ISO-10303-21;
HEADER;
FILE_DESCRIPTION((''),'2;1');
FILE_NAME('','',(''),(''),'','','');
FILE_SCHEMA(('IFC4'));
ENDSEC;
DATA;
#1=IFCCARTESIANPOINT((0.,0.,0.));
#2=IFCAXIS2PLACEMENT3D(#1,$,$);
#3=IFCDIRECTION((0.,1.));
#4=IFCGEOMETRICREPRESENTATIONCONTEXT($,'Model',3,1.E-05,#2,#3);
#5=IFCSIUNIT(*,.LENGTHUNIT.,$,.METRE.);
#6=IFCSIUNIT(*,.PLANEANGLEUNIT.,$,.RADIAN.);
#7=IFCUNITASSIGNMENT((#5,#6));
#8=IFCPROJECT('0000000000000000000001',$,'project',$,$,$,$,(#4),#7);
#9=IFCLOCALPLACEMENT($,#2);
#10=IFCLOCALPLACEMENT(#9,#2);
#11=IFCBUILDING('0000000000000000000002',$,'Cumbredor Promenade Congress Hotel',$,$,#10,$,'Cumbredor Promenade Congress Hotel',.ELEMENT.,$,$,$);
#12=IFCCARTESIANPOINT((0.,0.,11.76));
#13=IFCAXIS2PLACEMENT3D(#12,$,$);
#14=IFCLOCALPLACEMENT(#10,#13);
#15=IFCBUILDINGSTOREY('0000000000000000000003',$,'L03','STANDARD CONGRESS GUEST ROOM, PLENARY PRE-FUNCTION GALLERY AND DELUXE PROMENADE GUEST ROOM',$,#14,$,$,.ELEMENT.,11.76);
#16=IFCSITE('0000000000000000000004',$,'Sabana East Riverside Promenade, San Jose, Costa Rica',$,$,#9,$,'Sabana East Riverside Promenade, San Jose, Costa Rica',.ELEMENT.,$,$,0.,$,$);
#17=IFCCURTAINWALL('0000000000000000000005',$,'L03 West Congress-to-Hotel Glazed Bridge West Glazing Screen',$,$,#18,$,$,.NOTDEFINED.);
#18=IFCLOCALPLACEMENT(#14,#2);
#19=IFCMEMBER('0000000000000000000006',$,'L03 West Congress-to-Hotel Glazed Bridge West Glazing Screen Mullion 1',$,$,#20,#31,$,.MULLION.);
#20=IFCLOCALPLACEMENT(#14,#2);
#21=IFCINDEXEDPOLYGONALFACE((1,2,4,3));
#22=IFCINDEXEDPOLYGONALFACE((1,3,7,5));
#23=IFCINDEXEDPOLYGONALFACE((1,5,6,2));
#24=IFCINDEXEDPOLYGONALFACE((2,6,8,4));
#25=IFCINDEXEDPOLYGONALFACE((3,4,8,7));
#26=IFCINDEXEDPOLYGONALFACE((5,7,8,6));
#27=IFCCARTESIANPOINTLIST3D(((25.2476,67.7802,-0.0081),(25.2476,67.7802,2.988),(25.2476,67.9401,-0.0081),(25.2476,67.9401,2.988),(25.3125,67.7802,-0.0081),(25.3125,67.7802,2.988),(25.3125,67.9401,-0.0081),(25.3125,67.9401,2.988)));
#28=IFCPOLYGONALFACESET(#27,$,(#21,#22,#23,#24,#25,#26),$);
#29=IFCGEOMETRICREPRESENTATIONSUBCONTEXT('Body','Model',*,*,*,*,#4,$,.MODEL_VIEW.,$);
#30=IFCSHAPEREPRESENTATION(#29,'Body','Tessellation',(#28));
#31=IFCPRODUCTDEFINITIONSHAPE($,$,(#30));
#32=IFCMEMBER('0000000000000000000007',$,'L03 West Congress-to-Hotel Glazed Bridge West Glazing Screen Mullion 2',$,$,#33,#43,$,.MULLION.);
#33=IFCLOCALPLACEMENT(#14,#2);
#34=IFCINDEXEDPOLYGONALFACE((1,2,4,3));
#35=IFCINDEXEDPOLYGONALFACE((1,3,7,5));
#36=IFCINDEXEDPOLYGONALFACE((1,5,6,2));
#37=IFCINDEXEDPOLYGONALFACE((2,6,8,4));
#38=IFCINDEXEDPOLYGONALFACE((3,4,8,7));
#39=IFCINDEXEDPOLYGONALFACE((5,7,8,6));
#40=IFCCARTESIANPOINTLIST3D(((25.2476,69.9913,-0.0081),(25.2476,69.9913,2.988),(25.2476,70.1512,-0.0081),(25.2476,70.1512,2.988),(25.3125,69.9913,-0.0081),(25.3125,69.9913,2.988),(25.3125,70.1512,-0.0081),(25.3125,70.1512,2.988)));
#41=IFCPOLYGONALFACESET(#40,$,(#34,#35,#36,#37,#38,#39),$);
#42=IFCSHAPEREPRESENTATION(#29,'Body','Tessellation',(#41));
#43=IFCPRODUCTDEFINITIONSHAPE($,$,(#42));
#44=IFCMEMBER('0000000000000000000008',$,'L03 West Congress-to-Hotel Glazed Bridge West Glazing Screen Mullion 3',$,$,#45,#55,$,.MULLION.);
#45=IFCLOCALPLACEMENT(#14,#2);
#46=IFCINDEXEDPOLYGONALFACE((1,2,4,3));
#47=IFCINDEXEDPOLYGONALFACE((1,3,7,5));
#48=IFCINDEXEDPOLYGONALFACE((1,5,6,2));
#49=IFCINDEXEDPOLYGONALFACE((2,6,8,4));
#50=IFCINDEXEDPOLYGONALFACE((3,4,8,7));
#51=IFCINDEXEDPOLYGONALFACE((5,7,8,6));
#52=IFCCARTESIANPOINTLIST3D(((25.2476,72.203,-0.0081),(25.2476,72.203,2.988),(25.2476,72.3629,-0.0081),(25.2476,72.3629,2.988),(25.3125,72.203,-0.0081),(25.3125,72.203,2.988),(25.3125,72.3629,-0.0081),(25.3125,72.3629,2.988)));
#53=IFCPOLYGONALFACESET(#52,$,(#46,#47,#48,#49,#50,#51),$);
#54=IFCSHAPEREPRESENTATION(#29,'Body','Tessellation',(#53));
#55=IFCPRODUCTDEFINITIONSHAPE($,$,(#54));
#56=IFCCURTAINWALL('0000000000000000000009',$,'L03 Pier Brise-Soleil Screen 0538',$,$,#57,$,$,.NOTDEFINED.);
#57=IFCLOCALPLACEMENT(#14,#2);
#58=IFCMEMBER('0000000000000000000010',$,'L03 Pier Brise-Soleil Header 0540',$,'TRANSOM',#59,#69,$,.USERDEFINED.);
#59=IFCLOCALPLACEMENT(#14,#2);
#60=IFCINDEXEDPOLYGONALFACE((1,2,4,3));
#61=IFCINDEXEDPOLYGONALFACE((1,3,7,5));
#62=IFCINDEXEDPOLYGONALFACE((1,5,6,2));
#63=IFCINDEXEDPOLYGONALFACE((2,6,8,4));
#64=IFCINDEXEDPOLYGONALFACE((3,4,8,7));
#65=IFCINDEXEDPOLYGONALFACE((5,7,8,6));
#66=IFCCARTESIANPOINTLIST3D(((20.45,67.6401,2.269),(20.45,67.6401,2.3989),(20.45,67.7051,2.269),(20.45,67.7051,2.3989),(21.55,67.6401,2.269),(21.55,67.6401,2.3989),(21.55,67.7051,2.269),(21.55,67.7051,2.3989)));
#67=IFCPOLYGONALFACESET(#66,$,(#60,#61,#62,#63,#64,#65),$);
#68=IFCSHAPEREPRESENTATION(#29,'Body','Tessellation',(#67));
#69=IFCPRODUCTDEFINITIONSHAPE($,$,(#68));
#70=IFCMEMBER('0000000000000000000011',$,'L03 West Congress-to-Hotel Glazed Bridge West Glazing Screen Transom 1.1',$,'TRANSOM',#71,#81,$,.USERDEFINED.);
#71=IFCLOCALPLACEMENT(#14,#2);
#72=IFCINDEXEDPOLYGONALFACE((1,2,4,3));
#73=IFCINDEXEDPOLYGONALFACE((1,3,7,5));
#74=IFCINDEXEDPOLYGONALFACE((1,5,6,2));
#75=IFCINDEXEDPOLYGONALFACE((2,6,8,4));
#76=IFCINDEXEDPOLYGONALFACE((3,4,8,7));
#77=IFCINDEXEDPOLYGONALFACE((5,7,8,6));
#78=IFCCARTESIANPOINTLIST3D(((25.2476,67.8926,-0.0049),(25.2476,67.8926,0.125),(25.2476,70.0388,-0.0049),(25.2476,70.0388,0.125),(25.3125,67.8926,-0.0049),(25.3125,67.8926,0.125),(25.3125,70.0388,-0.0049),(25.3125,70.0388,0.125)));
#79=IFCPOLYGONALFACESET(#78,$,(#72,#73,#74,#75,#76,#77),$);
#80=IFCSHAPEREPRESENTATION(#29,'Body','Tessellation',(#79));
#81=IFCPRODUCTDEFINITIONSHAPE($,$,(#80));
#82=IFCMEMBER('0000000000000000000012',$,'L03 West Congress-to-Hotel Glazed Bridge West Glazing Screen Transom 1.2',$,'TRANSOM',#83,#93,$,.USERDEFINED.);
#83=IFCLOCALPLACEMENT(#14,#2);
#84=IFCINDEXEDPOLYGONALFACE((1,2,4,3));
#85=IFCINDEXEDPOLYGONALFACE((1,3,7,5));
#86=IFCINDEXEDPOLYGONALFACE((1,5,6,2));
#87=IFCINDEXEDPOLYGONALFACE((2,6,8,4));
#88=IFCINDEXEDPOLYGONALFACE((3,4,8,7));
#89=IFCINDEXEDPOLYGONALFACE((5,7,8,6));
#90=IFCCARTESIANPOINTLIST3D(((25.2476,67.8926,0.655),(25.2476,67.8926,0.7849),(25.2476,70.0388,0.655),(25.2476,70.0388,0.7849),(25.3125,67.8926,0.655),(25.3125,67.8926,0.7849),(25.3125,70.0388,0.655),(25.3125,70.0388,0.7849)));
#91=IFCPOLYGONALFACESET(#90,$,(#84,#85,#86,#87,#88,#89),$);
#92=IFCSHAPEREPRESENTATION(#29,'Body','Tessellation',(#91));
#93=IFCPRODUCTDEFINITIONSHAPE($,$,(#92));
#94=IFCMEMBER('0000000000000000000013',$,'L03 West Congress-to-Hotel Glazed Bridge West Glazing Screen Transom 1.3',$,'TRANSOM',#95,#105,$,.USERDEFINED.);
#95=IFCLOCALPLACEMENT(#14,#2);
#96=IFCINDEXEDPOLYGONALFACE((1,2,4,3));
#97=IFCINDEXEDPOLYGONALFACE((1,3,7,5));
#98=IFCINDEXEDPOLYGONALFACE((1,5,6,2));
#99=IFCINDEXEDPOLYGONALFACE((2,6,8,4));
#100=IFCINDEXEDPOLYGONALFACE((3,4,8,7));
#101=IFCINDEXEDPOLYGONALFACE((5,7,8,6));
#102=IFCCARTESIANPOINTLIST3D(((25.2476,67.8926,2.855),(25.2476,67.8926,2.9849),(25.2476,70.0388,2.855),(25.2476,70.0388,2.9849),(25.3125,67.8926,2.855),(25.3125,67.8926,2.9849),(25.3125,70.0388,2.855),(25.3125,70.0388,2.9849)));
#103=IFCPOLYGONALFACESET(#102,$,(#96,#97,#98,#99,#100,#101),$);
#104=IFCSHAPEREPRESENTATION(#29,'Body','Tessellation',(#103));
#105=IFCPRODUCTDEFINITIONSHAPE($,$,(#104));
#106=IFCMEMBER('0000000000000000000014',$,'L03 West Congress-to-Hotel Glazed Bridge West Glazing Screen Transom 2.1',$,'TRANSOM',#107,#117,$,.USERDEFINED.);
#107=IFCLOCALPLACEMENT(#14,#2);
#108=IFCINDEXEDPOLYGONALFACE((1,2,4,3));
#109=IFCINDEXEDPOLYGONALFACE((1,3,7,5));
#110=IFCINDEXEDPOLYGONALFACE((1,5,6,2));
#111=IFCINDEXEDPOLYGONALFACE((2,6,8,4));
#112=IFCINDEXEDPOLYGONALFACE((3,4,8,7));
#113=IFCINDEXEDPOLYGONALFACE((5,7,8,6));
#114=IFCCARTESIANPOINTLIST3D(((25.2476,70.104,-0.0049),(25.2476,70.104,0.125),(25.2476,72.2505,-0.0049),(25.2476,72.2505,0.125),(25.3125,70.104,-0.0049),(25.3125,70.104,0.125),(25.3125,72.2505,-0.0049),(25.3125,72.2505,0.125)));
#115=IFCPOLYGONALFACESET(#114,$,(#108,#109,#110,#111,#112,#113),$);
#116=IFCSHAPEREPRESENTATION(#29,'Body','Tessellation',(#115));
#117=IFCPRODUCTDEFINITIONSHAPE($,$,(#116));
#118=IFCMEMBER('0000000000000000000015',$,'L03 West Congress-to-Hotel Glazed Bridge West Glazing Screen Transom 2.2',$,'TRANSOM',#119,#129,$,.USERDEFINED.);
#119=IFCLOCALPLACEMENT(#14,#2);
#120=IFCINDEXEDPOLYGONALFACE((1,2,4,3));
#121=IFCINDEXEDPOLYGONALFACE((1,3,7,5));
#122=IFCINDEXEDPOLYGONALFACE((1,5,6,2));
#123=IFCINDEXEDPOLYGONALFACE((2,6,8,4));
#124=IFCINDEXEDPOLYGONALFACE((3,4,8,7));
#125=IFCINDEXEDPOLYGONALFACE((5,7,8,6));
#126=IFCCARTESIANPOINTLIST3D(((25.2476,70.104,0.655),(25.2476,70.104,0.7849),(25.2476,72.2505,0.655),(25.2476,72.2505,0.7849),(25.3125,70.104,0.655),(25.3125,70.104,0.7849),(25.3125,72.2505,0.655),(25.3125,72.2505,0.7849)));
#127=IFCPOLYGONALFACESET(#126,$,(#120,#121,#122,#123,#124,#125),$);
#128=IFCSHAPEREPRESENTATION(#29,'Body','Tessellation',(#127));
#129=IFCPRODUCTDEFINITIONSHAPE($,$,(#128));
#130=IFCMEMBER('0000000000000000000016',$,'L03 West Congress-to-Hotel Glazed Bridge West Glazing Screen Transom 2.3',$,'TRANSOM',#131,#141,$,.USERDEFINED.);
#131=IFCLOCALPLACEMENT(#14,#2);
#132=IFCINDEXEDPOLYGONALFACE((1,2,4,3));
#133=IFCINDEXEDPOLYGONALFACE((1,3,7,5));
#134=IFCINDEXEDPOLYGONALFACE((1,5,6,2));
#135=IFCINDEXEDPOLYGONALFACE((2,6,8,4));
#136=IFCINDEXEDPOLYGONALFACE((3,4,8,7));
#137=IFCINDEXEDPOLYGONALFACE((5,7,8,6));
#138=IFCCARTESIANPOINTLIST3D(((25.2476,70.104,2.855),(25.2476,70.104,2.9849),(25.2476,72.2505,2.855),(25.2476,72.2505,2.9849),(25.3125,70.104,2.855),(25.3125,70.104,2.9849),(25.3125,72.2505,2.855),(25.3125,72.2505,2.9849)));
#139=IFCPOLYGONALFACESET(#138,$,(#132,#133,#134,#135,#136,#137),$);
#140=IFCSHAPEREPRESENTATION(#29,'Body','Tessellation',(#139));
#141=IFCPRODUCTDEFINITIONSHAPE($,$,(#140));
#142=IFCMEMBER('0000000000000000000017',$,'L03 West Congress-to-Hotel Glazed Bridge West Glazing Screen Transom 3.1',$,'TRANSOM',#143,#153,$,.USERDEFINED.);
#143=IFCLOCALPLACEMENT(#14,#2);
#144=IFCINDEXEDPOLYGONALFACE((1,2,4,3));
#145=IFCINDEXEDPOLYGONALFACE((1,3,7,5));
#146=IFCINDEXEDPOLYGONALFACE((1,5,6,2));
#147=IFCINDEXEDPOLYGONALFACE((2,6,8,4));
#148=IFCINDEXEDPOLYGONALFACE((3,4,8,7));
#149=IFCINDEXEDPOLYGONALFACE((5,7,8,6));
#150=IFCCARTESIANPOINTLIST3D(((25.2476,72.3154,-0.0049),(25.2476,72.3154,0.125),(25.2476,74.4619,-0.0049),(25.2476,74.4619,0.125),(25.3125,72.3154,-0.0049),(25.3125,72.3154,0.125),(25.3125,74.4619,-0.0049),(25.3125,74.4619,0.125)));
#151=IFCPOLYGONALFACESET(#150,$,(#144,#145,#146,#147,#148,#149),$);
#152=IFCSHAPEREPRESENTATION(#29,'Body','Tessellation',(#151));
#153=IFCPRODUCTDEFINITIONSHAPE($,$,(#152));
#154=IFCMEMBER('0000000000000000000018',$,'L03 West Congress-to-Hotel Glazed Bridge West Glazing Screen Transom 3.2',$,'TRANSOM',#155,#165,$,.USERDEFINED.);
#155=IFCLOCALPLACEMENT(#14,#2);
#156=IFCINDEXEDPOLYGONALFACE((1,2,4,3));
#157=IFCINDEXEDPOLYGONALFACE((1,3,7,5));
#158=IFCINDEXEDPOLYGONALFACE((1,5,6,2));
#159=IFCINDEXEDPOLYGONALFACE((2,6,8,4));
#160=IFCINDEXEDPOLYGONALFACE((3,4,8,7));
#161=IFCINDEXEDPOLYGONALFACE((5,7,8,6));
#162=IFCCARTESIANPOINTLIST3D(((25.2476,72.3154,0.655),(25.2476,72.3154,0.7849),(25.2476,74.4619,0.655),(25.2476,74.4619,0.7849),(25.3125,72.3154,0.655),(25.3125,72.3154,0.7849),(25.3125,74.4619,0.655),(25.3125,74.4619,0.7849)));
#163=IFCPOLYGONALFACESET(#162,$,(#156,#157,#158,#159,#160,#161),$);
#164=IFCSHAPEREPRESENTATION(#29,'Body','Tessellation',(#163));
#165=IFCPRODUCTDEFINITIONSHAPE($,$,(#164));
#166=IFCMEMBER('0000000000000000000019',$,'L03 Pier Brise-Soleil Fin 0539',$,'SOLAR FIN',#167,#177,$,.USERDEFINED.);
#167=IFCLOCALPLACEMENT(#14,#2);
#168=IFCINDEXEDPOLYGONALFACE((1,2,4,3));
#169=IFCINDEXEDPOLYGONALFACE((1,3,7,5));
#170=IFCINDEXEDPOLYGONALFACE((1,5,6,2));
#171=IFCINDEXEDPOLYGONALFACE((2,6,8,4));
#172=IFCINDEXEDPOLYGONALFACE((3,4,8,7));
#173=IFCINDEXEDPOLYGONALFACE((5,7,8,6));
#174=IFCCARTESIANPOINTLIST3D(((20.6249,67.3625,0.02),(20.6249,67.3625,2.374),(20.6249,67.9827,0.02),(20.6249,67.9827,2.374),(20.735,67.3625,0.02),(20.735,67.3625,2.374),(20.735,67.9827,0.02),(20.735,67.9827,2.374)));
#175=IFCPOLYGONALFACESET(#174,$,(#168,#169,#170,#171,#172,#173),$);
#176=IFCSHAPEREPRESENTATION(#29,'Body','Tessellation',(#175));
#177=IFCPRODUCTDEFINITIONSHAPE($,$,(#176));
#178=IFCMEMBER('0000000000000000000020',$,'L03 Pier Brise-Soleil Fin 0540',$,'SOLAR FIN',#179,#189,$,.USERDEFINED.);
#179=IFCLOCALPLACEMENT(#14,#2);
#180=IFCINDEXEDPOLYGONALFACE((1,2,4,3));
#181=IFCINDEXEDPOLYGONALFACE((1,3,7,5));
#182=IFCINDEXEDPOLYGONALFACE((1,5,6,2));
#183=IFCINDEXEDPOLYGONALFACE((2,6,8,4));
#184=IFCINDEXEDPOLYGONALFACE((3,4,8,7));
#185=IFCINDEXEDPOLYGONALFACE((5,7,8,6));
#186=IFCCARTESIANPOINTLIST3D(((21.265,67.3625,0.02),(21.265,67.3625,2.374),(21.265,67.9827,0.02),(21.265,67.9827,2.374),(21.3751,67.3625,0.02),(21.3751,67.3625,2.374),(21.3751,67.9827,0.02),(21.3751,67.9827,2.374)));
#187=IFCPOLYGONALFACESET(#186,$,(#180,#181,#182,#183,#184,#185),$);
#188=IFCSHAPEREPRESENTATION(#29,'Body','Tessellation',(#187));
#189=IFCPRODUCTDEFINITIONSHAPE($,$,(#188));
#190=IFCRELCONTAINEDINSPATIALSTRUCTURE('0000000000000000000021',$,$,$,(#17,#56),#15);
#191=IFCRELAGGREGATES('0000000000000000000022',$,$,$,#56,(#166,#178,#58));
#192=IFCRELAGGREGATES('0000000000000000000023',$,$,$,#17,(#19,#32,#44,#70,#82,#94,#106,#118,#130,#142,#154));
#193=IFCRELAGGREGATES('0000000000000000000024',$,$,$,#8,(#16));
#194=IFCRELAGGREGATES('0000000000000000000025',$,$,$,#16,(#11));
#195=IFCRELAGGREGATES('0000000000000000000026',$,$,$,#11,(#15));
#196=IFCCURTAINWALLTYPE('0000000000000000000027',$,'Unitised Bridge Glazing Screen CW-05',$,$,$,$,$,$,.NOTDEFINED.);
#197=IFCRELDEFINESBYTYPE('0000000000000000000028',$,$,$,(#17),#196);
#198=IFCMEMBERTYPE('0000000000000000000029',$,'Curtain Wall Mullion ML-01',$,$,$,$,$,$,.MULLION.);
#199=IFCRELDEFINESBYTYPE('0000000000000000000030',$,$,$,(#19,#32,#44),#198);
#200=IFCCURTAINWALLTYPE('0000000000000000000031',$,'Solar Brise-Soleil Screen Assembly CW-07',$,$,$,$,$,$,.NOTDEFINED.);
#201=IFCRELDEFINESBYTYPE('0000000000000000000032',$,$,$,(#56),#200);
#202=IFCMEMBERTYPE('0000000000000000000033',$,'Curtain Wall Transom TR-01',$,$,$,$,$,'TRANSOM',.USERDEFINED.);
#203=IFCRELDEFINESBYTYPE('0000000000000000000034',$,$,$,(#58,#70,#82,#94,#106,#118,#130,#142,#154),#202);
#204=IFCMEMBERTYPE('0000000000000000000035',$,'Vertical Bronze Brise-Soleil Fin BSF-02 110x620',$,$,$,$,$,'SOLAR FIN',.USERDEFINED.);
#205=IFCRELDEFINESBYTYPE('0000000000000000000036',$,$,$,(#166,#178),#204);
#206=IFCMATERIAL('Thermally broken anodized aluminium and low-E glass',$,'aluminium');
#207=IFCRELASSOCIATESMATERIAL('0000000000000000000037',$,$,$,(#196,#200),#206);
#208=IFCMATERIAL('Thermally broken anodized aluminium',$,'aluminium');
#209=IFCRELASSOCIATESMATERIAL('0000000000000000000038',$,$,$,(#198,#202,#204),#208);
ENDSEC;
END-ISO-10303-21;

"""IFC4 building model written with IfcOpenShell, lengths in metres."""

from ifc_helpers import new_model, si_unit, direction, frame, origin, origin_2d, place, context, subcontext, project, spatial, rectangle, extrude, material, material_profile, profile_set, type_object, element, aggregate, save


model = new_model("IFC4")

# Units and contexts
model_context = context("Model", 3, precision=1e-05, world=origin(), true_north=direction((0.0, 1.0)))
body_context = subcontext(model_context, "Body", "Model", "MODEL_VIEW")
ifc_project = project(units=[si_unit("LENGTHUNIT", "METRE"), si_unit("PLANEANGLEUNIT", "RADIAN")], contexts=[model_context])

# Site, building, storey
site_placement = place(None, origin())
site = spatial("IfcSite", under=ifc_project, at=site_placement, Name="Sabana East Riverside Promenade, San Jose, Costa Rica", LongName="Sabana East Riverside Promenade, San Jose, Costa Rica", CompositionType="ELEMENT", RefElevation=0.0)
building_placement = place(site_placement, origin())
building = spatial("IfcBuilding", under=site, at=building_placement, Name="Cumbredor Promenade Congress Hotel", LongName="Cumbredor Promenade Congress Hotel", CompositionType="ELEMENT")
storey_placement = place(building_placement, frame((0.0, 0.0, 11.76)))
storey = spatial("IfcBuildingStorey", under=building, at=storey_placement, Name="L03", Description="STANDARD CONGRESS GUEST ROOM, PLENARY PRE-FUNCTION GALLERY AND DELUXE PROMENADE GUEST ROOM", CompositionType="ELEMENT", Elevation=11.76)

# Curtain wall, members
ifc_material_1 = material(Name="Thermally broken anodized aluminium and low-E glass", Category="aluminium")
curtain_wall_type_1 = type_object("IfcCurtainWallType", Name="Unitised Bridge Glazing Screen CW-05", PredefinedType="NOTDEFINED", material=ifc_material_1)
curtain_wall_1_placement = place(storey_placement, origin())
curtain_wall_1 = element("IfcCurtainWall", 1, at=curtain_wall_1_placement, inside=storey, type_object=curtain_wall_type_1, Name="L03 West Congress-to-Hotel Glazed Bridge West Glazing Screen", PredefinedType="NOTDEFINED")
ifc_material_2 = material(Name="Thermally broken anodized aluminium", Category="aluminium")
ifc_material_profile_1 = material_profile(ifc_material_2, rectangle(XDim=0.0649, YDim=0.1599, at=origin_2d()), Name="ALU MULLION 65x160")
ifc_profile_set_1 = profile_set([ifc_material_profile_1], Name="Thermally broken anodized aluminium")
member_type_1 = type_object("IfcMemberType", Name="Curtain Wall Mullion ML-01", PredefinedType="MULLION", material=ifc_profile_set_1)
member_1_placement = place(storey_placement, frame((25.28, 67.8601, -0.0081), z_axis=(0.0, 0.0, 1.0), x_axis=(1.0, 0.0, 0.0)))
member_1 = element("IfcMember", 2, at=member_1_placement, type_object=member_type_1, Name="L03 West Congress-to-Hotel Glazed Bridge West Glazing Screen Mullion 1", PredefinedType="MULLION", context=body_context, shape_type="SweptSolid", body=[
    extrude(rectangle(XDim=0.0649, YDim=0.1599, at=origin_2d()), origin(), (0.0, 0.0, 1.0), 2.9961),
])
member_2_placement = place(storey_placement, frame((25.28, 70.0713, -0.0081), z_axis=(0.0, 0.0, 1.0), x_axis=(1.0, 0.0, 0.0)))
member_2 = element("IfcMember", 3, at=member_2_placement, type_object=member_type_1, Name="L03 West Congress-to-Hotel Glazed Bridge West Glazing Screen Mullion 2", PredefinedType="MULLION", context=body_context, shape_type="SweptSolid", body=[
    extrude(rectangle(XDim=0.0649, YDim=0.1599, at=origin_2d()), origin(), (0.0, 0.0, 1.0), 2.9961),
])
member_3_placement = place(storey_placement, frame((25.28, 72.283, -0.0081), z_axis=(0.0, 0.0, 1.0), x_axis=(1.0, 0.0, 0.0)))
member_3 = element("IfcMember", 4, at=member_3_placement, type_object=member_type_1, Name="L03 West Congress-to-Hotel Glazed Bridge West Glazing Screen Mullion 3", PredefinedType="MULLION", context=body_context, shape_type="SweptSolid", body=[
    extrude(rectangle(XDim=0.0649, YDim=0.1599, at=origin_2d()), origin(), (0.0, 0.0, 1.0), 2.9961),
])

# Curtain wall, member
curtain_wall_type_2 = type_object("IfcCurtainWallType", Name="Solar Brise-Soleil Screen Assembly CW-07", PredefinedType="NOTDEFINED", material=ifc_material_1)
curtain_wall_2_placement = place(storey_placement, origin())
curtain_wall_2 = element("IfcCurtainWall", 5, at=curtain_wall_2_placement, inside=storey, type_object=curtain_wall_type_2, Name="L03 Pier Brise-Soleil Screen 0538", PredefinedType="NOTDEFINED")
ifc_material_profile_2 = material_profile(ifc_material_2, rectangle(XDim=0.0649, YDim=0.1299, at=origin_2d()), Name="ALU TRANSOM 65x130")
ifc_profile_set_2 = profile_set([ifc_material_profile_2], Name="Thermally broken anodized aluminium")
member_type_2 = type_object("IfcMemberType", Name="Curtain Wall Transom TR-01", ElementType="TRANSOM", PredefinedType="USERDEFINED", material=ifc_profile_set_2)
member_4_placement = place(storey_placement, frame((20.45, 67.6726, 2.334), z_axis=(1.0, 0.0, 0.0), x_axis=(0.0, 1.0, 0.0)))
member_4 = element("IfcMember", 6, at=member_4_placement, type_object=member_type_2, Name="L03 Pier Brise-Soleil Header 0540", ObjectType="TRANSOM", PredefinedType="USERDEFINED", context=body_context, shape_type="SweptSolid", body=[
    extrude(rectangle(XDim=0.0649, YDim=0.1299, at=origin_2d()), origin(), (0.0, 0.0, 1.0), 1.1001),
])

# Members
member_5_placement = place(storey_placement, frame((25.28, 67.8926, 0.0601), z_axis=(0.0, 1.0, 0.0), x_axis=(-1.0, 0.0, 0.0)))
member_5 = element("IfcMember", 7, at=member_5_placement, type_object=member_type_2, Name="L03 West Congress-to-Hotel Glazed Bridge West Glazing Screen Transom 1.1", ObjectType="TRANSOM", PredefinedType="USERDEFINED", context=body_context, shape_type="SweptSolid", body=[
    extrude(rectangle(XDim=0.0649, YDim=0.1299, at=origin_2d()), origin(), (0.0, 0.0, 1.0), 2.1462),
])
member_6_placement = place(storey_placement, frame((25.28, 67.8926, 0.72), z_axis=(0.0, 1.0, 0.0), x_axis=(-1.0, 0.0, 0.0)))
member_6 = element("IfcMember", 8, at=member_6_placement, type_object=member_type_2, Name="L03 West Congress-to-Hotel Glazed Bridge West Glazing Screen Transom 1.2", ObjectType="TRANSOM", PredefinedType="USERDEFINED", context=body_context, shape_type="SweptSolid", body=[
    extrude(rectangle(XDim=0.0649, YDim=0.1299, at=origin_2d()), origin(), (0.0, 0.0, 1.0), 2.1462),
])
member_7_placement = place(storey_placement, frame((25.28, 67.8926, 2.9199), z_axis=(0.0, 1.0, 0.0), x_axis=(-1.0, 0.0, 0.0)))
member_7 = element("IfcMember", 9, at=member_7_placement, type_object=member_type_2, Name="L03 West Congress-to-Hotel Glazed Bridge West Glazing Screen Transom 1.3", ObjectType="TRANSOM", PredefinedType="USERDEFINED", context=body_context, shape_type="SweptSolid", body=[
    extrude(rectangle(XDim=0.0649, YDim=0.1299, at=origin_2d()), origin(), (0.0, 0.0, 1.0), 2.1462),
])
member_8_placement = place(storey_placement, frame((25.28, 70.104, 0.0601), z_axis=(0.0, 1.0, 0.0), x_axis=(-1.0, 0.0, 0.0)))
member_8 = element("IfcMember", 10, at=member_8_placement, type_object=member_type_2, Name="L03 West Congress-to-Hotel Glazed Bridge West Glazing Screen Transom 2.1", ObjectType="TRANSOM", PredefinedType="USERDEFINED", context=body_context, shape_type="SweptSolid", body=[
    extrude(rectangle(XDim=0.0649, YDim=0.1299, at=origin_2d()), origin(), (0.0, 0.0, 1.0), 2.1465),
])
member_9_placement = place(storey_placement, frame((25.28, 70.104, 0.72), z_axis=(0.0, 1.0, 0.0), x_axis=(-1.0, 0.0, 0.0)))
member_9 = element("IfcMember", 11, at=member_9_placement, type_object=member_type_2, Name="L03 West Congress-to-Hotel Glazed Bridge West Glazing Screen Transom 2.2", ObjectType="TRANSOM", PredefinedType="USERDEFINED", context=body_context, shape_type="SweptSolid", body=[
    extrude(rectangle(XDim=0.0649, YDim=0.1299, at=origin_2d()), origin(), (0.0, 0.0, 1.0), 2.1465),
])
member_10_placement = place(storey_placement, frame((25.28, 70.104, 2.9199), z_axis=(0.0, 1.0, 0.0), x_axis=(-1.0, 0.0, 0.0)))
member_10 = element("IfcMember", 12, at=member_10_placement, type_object=member_type_2, Name="L03 West Congress-to-Hotel Glazed Bridge West Glazing Screen Transom 2.3", ObjectType="TRANSOM", PredefinedType="USERDEFINED", context=body_context, shape_type="SweptSolid", body=[
    extrude(rectangle(XDim=0.0649, YDim=0.1299, at=origin_2d()), origin(), (0.0, 0.0, 1.0), 2.1465),
])
member_11_placement = place(storey_placement, frame((25.28, 72.3154, 0.0601), z_axis=(0.0, 1.0, 0.0), x_axis=(-1.0, 0.0, 0.0)))
member_11 = element("IfcMember", 13, at=member_11_placement, type_object=member_type_2, Name="L03 West Congress-to-Hotel Glazed Bridge West Glazing Screen Transom 3.1", ObjectType="TRANSOM", PredefinedType="USERDEFINED", context=body_context, shape_type="SweptSolid", body=[
    extrude(rectangle(XDim=0.0649, YDim=0.1299, at=origin_2d()), origin(), (0.0, 0.0, 1.0), 2.1465),
])
member_12_placement = place(storey_placement, frame((25.28, 72.3154, 0.72), z_axis=(0.0, 1.0, 0.0), x_axis=(-1.0, 0.0, 0.0)))
member_12 = element("IfcMember", 14, at=member_12_placement, type_object=member_type_2, Name="L03 West Congress-to-Hotel Glazed Bridge West Glazing Screen Transom 3.2", ObjectType="TRANSOM", PredefinedType="USERDEFINED", context=body_context, shape_type="SweptSolid", body=[
    extrude(rectangle(XDim=0.0649, YDim=0.1299, at=origin_2d()), origin(), (0.0, 0.0, 1.0), 2.1465),
])
ifc_material_profile_3 = material_profile(ifc_material_2, rectangle(XDim=0.1101, YDim=0.6201, at=origin_2d()), Name="ARCH FIN 110x620")
ifc_profile_set_3 = profile_set([ifc_material_profile_3], Name="Thermally broken anodized aluminium")
member_type_3 = type_object("IfcMemberType", Name="Vertical Bronze Brise-Soleil Fin BSF-02 110x620", ElementType="SOLAR FIN", PredefinedType="USERDEFINED", material=ifc_profile_set_3)
member_13_placement = place(storey_placement, frame((20.6799, 67.6726, 0.02), z_axis=(0.0, 0.0, 1.0), x_axis=(1.0, 0.0, 0.0)))
member_13 = element("IfcMember", 15, at=member_13_placement, type_object=member_type_3, Name="L03 Pier Brise-Soleil Fin 0539", ObjectType="SOLAR FIN", PredefinedType="USERDEFINED", context=body_context, shape_type="SweptSolid", body=[
    extrude(rectangle(XDim=0.1101, YDim=0.6201, at=origin_2d()), origin(), (0.0, 0.0, 1.0), 2.354),
])
member_14_placement = place(storey_placement, frame((21.3201, 67.6726, 0.02), z_axis=(0.0, 0.0, 1.0), x_axis=(1.0, 0.0, 0.0)))
member_14 = element("IfcMember", 16, at=member_14_placement, type_object=member_type_3, Name="L03 Pier Brise-Soleil Fin 0540", ObjectType="SOLAR FIN", PredefinedType="USERDEFINED", context=body_context, shape_type="SweptSolid", body=[
    extrude(rectangle(XDim=0.1101, YDim=0.6201, at=origin_2d()), origin(), (0.0, 0.0, 1.0), 2.354),
])
aggregate(curtain_wall_2, [member_13, member_14, member_4])

aggregate(curtain_wall_1, [member_1, member_2, member_3, member_5, member_6, member_7, member_8, member_9, member_10, member_11, member_12])

save(model, "model.ifc")
